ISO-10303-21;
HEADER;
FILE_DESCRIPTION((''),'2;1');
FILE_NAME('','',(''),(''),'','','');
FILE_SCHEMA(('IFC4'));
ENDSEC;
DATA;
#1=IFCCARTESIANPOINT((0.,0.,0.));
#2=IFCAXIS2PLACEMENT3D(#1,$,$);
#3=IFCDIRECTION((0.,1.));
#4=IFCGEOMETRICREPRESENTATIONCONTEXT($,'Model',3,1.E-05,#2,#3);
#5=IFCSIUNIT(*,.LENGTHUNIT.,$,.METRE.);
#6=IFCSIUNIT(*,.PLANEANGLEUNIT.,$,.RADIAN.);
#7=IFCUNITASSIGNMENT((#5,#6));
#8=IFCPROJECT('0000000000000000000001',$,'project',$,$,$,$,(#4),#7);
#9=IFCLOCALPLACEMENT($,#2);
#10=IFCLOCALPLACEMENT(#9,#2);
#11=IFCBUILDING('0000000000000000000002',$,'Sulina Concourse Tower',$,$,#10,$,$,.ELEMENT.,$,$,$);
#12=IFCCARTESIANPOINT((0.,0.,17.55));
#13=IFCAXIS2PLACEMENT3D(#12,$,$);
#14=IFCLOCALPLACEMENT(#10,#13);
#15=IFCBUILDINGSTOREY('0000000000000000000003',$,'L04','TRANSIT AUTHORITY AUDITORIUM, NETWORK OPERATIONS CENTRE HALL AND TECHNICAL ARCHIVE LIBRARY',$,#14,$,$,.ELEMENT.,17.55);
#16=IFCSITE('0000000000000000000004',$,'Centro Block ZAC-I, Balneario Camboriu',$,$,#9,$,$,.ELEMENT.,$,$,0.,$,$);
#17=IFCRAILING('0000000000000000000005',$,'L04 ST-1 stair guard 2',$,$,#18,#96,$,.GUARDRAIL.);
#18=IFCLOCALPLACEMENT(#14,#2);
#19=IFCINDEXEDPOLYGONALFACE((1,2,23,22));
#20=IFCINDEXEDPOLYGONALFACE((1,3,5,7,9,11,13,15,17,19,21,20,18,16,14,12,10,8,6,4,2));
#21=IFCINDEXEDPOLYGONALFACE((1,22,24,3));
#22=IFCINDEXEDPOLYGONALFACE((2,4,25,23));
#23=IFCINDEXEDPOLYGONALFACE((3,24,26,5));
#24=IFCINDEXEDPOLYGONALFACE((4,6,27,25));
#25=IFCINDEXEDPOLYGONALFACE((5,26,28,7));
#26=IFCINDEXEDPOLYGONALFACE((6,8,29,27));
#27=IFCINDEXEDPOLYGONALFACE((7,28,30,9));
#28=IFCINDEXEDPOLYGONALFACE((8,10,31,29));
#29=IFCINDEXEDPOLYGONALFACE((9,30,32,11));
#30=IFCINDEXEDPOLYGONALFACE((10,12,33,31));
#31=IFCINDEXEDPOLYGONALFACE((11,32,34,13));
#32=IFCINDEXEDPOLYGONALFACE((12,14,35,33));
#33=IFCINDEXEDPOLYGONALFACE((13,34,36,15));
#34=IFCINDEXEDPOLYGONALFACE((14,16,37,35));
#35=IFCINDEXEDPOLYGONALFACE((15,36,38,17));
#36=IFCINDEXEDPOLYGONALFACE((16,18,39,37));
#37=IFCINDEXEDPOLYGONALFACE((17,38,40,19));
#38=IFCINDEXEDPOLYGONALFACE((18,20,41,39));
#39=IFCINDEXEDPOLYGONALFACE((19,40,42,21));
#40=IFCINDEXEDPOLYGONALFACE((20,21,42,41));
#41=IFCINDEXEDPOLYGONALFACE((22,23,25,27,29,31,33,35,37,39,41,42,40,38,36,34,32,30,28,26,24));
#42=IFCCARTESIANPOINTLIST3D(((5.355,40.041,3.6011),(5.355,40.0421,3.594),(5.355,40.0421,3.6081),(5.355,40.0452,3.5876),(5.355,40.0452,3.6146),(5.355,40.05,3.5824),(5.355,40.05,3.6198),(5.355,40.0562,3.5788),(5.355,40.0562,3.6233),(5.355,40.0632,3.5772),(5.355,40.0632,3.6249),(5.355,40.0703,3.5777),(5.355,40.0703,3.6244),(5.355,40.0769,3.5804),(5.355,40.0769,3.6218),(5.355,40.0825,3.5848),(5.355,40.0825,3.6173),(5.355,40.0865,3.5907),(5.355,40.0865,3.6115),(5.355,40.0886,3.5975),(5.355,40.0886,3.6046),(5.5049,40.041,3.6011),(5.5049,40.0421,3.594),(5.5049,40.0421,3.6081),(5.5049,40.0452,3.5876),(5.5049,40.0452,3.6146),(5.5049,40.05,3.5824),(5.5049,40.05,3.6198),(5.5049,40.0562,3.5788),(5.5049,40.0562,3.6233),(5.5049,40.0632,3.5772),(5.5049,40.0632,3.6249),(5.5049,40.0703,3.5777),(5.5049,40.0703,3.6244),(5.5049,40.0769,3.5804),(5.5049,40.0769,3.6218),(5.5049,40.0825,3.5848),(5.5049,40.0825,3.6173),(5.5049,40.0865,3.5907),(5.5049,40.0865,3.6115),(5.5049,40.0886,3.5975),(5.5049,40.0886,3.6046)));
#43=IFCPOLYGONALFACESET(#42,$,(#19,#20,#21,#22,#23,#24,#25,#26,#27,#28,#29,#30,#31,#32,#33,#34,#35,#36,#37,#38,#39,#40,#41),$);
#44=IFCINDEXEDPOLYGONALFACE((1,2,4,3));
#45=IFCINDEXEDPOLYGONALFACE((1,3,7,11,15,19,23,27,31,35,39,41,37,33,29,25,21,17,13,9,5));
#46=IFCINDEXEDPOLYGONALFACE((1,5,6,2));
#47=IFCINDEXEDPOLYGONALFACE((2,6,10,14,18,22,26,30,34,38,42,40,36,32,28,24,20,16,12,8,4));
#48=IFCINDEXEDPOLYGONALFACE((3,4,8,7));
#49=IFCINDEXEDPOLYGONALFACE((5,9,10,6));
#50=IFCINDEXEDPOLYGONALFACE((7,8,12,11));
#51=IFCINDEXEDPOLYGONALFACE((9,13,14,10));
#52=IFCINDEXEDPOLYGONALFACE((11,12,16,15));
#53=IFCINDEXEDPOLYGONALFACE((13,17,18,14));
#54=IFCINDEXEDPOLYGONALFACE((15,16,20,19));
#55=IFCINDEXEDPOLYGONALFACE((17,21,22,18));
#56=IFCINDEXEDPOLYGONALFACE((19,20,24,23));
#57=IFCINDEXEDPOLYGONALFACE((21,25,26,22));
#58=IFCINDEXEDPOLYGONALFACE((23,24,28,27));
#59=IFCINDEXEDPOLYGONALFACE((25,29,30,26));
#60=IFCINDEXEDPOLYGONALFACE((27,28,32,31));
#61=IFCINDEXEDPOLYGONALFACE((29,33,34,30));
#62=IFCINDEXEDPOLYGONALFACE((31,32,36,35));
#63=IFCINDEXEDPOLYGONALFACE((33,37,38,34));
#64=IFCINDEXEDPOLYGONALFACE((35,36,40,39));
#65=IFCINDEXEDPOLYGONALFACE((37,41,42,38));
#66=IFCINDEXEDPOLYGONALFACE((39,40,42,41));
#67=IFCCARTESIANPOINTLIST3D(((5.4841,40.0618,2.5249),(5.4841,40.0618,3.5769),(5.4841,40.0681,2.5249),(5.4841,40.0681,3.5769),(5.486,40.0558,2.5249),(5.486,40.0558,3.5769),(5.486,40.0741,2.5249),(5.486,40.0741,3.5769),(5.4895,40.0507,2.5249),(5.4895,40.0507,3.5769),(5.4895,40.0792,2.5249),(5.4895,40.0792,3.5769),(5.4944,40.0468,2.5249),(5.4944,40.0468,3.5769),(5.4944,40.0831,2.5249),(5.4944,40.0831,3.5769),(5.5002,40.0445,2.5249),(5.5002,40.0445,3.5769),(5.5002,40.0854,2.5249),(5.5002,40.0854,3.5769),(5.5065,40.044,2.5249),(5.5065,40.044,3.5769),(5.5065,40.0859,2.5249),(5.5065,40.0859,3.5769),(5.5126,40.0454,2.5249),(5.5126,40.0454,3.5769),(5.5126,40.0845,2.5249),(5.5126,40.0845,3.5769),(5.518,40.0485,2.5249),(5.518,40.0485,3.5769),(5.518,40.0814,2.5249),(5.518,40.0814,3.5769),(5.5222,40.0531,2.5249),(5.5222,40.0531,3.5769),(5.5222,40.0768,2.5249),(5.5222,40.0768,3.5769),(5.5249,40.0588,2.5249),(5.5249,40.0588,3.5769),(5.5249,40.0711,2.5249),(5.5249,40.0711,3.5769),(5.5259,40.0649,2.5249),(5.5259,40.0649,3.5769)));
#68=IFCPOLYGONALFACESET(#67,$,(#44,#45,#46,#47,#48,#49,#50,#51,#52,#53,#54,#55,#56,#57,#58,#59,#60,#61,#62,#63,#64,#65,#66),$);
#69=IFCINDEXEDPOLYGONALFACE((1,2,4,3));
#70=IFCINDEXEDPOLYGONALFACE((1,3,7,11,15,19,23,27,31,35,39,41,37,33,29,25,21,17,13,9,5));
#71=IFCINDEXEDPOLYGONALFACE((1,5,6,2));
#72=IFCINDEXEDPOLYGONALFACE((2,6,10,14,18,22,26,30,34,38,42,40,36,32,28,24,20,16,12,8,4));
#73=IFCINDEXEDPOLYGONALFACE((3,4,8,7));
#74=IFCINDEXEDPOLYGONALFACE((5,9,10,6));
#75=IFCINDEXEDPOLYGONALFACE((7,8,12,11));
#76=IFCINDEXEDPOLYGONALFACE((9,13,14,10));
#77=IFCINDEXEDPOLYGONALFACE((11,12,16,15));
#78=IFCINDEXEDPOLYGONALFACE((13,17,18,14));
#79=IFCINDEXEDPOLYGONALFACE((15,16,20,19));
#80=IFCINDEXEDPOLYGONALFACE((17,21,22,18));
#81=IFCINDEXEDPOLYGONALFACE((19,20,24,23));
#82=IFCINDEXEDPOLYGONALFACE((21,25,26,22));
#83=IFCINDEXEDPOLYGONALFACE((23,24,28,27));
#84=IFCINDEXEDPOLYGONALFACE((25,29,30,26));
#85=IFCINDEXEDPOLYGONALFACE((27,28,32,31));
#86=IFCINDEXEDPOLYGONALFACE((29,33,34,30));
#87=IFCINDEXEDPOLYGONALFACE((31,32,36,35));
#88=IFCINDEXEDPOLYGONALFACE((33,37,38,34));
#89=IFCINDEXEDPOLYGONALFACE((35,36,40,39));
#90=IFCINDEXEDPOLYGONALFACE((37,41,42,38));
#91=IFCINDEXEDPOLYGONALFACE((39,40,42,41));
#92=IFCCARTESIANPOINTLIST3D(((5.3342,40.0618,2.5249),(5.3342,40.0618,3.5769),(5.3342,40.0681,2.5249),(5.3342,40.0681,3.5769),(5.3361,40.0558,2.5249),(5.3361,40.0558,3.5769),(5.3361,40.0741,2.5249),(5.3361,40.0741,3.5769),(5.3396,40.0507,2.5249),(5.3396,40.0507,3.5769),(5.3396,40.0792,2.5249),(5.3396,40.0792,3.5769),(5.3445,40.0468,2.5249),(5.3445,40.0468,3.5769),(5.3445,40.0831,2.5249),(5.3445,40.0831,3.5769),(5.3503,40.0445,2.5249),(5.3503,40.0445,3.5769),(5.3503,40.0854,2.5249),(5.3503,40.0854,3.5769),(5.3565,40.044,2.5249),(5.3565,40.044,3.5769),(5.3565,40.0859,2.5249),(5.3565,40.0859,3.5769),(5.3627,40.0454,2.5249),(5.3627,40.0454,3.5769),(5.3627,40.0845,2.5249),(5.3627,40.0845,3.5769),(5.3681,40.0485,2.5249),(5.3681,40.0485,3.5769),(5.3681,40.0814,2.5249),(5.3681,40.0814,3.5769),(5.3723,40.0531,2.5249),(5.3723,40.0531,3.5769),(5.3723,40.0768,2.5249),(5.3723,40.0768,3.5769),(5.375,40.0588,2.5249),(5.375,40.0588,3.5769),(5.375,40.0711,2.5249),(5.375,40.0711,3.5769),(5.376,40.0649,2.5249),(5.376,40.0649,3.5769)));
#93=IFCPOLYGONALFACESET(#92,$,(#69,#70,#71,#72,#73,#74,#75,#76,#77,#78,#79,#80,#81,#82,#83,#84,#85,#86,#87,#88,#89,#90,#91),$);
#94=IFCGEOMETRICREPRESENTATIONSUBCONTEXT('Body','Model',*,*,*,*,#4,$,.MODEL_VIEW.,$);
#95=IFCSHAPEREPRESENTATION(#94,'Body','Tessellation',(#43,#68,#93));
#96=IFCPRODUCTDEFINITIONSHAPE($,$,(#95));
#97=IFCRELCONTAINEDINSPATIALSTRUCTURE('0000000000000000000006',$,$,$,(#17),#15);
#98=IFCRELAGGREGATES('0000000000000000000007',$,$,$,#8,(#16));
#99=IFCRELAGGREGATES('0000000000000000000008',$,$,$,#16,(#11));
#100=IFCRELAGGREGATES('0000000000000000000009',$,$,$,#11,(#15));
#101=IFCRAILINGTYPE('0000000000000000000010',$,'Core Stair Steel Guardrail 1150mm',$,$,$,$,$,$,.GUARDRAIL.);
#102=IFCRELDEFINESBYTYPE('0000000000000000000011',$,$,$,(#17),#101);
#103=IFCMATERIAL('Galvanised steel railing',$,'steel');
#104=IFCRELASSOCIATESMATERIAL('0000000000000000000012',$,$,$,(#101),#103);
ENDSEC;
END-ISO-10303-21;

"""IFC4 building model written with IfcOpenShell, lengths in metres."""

from ifc_helpers import new_model, si_unit, direction, frame, origin, origin_2d, place, context, subcontext, project, spatial, circle, extrude, material, type_object, element, save


model = new_model("IFC4")

# Units and contexts
model_context = context("Model", 3, precision=1e-05, world=origin(), true_north=direction((0.0, 1.0)))
body_context = subcontext(model_context, "Body", "Model", "MODEL_VIEW")
ifc_project = project(units=[si_unit("LENGTHUNIT", "METRE"), si_unit("PLANEANGLEUNIT", "RADIAN")], contexts=[model_context])

# Site, building, storey
site_placement = place(None, origin())
site = spatial("IfcSite", under=ifc_project, at=site_placement, Name="Centro Block ZAC-I, Balneario Camboriu", CompositionType="ELEMENT", RefElevation=0.0)
building_placement = place(site_placement, origin())
building = spatial("IfcBuilding", under=site, at=building_placement, Name="Sulina Concourse Tower", CompositionType="ELEMENT")
storey_placement = place(building_placement, frame((0.0, 0.0, 17.55)))
storey = spatial("IfcBuildingStorey", under=building, at=storey_placement, Name="L04", Description="TRANSIT AUTHORITY AUDITORIUM, NETWORK OPERATIONS CENTRE HALL AND TECHNICAL ARCHIVE LIBRARY", CompositionType="ELEMENT", Elevation=17.55)

# Railing
ifc_material_1 = material(Name="Galvanised steel railing", Category="steel")
railing_type_1 = type_object("IfcRailingType", Name="Core Stair Steel Guardrail 1150mm", PredefinedType="GUARDRAIL", material=ifc_material_1)
railing_1_placement = place(storey_placement, frame((5.5049, 40.0649, 2.5249)))
element("IfcRailing", 1, at=railing_1_placement, inside=storey, type_object=railing_type_1, Name="L04 ST-1 stair guard 2", PredefinedType="GUARDRAIL", context=body_context, shape_type="SweptSolid", body=[
    extrude(circle(Radius=0.0239, at=origin_2d()), frame((0.0, 0.0, 1.0762), z_axis=(-1.0, 0.0, 0.0), x_axis=(0.0, -1.0, 0.0)), (0.0, 0.0, 1.0), 0.1499),
    extrude(circle(Radius=0.021, at=origin_2d()), origin(), (0.0, 0.0, 1.0), 1.052),
    extrude(circle(Radius=0.021, at=origin_2d()), frame((-0.1499, 0.0, 0.0)), (0.0, 0.0, 1.0), 1.052),
])

save(model, "model.ifc")
